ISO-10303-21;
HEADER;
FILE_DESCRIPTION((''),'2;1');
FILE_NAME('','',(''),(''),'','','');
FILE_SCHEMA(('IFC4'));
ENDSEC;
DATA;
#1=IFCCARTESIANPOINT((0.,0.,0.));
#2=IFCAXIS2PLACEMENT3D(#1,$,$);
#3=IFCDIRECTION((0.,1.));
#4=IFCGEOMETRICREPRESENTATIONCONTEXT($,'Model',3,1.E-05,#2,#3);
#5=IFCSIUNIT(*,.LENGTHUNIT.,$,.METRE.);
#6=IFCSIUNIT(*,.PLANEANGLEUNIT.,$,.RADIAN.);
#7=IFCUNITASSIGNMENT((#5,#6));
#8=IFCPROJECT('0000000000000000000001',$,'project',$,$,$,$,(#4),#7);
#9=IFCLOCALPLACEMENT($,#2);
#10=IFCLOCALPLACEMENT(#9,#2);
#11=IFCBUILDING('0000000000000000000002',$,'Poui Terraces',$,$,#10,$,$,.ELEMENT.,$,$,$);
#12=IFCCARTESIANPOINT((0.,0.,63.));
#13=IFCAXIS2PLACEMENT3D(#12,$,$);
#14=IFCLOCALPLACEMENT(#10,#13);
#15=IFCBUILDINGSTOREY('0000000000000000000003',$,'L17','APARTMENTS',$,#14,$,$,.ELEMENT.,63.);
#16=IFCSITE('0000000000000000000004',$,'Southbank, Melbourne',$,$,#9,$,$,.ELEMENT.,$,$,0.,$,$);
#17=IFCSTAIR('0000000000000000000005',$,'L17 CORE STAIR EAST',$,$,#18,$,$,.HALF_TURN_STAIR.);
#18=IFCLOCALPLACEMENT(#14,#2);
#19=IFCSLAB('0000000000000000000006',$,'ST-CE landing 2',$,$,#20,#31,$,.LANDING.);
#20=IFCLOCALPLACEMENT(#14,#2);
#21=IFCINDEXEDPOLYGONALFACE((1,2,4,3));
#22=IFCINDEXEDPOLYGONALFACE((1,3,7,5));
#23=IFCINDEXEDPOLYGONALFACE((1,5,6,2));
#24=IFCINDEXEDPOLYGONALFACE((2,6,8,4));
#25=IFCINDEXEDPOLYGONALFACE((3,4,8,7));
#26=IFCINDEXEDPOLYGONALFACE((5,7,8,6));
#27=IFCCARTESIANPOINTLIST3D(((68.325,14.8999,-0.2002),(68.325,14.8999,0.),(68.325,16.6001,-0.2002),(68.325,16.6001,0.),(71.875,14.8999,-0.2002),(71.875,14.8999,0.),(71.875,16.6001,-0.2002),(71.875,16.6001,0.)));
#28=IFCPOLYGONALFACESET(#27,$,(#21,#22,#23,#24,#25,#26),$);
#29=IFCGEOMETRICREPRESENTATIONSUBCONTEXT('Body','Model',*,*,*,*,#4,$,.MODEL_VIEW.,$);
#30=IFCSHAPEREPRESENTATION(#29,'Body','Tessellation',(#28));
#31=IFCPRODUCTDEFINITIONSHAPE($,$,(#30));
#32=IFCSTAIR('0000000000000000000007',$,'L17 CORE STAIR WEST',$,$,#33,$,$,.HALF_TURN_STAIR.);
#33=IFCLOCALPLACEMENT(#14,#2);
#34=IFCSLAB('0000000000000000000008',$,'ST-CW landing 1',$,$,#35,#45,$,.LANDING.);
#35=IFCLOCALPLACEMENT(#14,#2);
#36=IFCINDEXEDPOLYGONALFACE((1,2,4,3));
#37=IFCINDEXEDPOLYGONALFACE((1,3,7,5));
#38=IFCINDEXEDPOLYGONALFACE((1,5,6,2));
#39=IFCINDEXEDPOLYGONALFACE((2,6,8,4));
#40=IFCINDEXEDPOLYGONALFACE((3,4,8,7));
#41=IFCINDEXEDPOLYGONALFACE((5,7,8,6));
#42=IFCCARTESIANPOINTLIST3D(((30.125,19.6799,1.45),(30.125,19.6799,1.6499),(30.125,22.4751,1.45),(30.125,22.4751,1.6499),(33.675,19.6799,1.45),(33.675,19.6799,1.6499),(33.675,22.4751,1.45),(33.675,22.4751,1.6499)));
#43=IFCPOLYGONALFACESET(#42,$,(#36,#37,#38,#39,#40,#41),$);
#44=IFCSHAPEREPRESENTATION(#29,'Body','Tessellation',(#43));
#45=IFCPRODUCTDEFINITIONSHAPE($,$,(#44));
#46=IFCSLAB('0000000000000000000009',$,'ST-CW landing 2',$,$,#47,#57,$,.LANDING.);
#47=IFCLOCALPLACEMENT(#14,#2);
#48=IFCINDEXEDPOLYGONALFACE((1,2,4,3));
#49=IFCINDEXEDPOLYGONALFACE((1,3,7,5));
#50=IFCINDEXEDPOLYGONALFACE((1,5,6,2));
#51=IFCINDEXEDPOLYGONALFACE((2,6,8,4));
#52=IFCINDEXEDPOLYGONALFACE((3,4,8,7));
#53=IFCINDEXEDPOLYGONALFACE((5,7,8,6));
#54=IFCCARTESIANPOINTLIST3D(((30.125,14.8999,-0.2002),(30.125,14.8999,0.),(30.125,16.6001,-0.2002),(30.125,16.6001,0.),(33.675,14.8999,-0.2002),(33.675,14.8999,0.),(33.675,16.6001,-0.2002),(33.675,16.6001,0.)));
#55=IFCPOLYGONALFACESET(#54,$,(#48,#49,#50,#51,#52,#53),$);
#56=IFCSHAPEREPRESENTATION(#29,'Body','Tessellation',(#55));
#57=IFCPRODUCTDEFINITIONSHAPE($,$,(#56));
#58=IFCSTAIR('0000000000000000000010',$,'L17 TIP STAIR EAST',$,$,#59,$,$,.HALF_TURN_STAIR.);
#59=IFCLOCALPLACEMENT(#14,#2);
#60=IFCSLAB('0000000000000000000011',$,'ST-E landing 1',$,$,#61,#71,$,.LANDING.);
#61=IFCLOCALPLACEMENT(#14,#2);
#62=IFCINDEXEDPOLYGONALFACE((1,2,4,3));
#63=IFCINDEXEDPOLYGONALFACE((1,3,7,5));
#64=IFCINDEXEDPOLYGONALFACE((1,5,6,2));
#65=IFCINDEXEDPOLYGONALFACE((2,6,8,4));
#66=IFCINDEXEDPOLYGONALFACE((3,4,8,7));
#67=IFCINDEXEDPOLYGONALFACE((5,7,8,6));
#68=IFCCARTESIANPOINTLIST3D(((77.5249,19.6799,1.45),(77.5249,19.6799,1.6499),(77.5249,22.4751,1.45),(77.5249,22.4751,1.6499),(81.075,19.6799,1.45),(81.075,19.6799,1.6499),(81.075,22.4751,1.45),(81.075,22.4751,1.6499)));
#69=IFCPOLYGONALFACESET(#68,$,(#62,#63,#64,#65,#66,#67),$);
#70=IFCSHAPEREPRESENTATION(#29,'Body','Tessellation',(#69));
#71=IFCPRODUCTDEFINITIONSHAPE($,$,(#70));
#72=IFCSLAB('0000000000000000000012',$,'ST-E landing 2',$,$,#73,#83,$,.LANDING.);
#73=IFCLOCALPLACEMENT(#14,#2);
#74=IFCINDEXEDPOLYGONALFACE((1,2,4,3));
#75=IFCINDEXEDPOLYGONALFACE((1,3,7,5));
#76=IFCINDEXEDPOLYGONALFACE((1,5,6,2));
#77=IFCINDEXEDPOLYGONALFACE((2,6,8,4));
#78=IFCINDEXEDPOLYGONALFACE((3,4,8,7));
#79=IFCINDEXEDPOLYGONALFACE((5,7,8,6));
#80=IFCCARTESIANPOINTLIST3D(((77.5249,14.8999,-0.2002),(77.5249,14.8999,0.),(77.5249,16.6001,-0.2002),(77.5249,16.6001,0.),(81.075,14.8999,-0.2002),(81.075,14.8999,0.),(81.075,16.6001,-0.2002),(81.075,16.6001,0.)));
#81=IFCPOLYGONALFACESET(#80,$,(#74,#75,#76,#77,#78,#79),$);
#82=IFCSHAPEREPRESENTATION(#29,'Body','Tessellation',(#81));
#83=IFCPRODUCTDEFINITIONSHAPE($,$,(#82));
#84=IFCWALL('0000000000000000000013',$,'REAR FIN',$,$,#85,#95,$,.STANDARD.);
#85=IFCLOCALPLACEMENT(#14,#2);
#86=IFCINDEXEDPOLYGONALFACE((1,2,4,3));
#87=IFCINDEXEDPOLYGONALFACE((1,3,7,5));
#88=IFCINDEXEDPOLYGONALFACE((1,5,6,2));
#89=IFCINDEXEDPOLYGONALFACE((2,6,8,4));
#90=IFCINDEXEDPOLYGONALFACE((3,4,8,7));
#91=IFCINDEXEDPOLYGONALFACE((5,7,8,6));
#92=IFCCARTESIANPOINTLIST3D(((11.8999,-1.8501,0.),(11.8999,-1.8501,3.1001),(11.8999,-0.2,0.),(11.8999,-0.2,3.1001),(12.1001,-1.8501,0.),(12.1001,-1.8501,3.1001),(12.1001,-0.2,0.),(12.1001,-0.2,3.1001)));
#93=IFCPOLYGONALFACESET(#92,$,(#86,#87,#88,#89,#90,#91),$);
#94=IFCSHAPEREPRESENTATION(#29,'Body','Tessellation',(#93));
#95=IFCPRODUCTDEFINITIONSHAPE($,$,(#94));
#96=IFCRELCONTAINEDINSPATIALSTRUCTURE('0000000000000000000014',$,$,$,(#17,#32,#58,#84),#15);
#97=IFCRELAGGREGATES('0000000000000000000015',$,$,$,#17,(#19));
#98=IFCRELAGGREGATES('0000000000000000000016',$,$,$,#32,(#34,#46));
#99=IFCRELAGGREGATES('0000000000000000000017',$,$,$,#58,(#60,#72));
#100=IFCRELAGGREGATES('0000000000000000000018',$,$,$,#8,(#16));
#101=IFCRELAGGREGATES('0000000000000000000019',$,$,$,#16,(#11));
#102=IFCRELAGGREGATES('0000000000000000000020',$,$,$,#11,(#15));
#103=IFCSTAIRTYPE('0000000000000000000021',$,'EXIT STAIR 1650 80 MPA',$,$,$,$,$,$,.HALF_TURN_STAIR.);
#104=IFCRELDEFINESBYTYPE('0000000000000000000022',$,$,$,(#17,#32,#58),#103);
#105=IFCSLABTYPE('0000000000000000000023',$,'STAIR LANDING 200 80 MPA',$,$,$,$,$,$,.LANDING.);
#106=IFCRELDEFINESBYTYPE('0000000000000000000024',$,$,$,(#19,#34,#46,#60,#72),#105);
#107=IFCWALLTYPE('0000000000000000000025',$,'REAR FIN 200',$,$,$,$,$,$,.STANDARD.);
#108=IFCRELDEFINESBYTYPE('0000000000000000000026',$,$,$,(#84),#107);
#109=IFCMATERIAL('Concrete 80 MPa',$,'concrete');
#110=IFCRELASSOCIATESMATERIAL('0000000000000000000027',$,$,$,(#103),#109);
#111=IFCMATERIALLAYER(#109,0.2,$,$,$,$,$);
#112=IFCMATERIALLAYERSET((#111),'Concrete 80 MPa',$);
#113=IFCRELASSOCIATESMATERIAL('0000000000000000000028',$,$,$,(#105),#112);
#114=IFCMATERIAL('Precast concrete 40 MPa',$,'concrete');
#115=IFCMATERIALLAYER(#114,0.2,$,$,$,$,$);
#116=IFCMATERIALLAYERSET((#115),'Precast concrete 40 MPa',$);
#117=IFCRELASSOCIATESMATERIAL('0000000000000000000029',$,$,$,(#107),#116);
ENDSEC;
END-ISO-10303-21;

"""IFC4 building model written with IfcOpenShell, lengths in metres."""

from ifc_helpers import new_model, si_unit, direction, frame, origin, place, context, subcontext, project, spatial, polyline, outline, extrude, source, transform, mapped, material, layer, layer_set, type_object, element, aggregate, save


model = new_model("IFC4")

# Units and contexts
model_context = context("Model", 3, precision=1e-05, world=origin(), true_north=direction((0.0, 1.0)))
body_context = subcontext(model_context, "Body", "Model", "MODEL_VIEW")
ifc_project = project(units=[si_unit("LENGTHUNIT", "METRE"), si_unit("PLANEANGLEUNIT", "RADIAN")], contexts=[model_context])

# Site, building, storey
site_placement = place(None, origin())
site = spatial("IfcSite", under=ifc_project, at=site_placement, Name="Southbank, Melbourne", CompositionType="ELEMENT", RefElevation=0.0)
building_placement = place(site_placement, origin())
building = spatial("IfcBuilding", under=site, at=building_placement, Name="Poui Terraces", CompositionType="ELEMENT")
storey_placement = place(building_placement, frame((0.0, 0.0, 63.0)))
storey = spatial("IfcBuildingStorey", under=building, at=storey_placement, Name="L17", Description="APARTMENTS", CompositionType="ELEMENT", Elevation=63.0)

# Stair, slab
ifc_material_1 = material(Name="Concrete 80 MPa", Category="concrete")
stair_type = type_object("IfcStairType", Name="EXIT STAIR 1650 80 MPA", PredefinedType="HALF_TURN_STAIR", material=ifc_material_1)
stair_1_placement = place(storey_placement, origin())
stair_1 = element("IfcStair", 1, at=stair_1_placement, inside=storey, type_object=stair_type, Name="L17 CORE STAIR EAST", PredefinedType="HALF_TURN_STAIR")
ifc_layer_1 = layer(ifc_material_1, 0.2)
ifc_layer_set_1 = layer_set([ifc_layer_1], Name="Concrete 80 MPa")
slab_type = type_object("IfcSlabType", Name="STAIR LANDING 200 80 MPA", PredefinedType="LANDING", material=ifc_layer_set_1)
slab_1_placement = place(storey_placement, frame((0.0, 0.0, -0.2002)))
slab_1 = element("IfcSlab", 2, at=slab_1_placement, type_object=slab_type, Name="ST-CE landing 2", PredefinedType="LANDING", context=body_context, shape_type="SweptSolid", body=[
    extrude(outline(polyline([(68.325, 14.8999), (71.875, 14.8999), (71.875, 16.6001), (68.325, 16.6001), (68.325, 14.8999)])), origin(), (0.0, 0.0, 1.0), 0.2002),
])
aggregate(stair_1, [slab_1])

# Stairs, slabs
stair_2_placement = place(storey_placement, origin())
stair_2 = element("IfcStair", 3, at=stair_2_placement, inside=storey, type_object=stair_type, Name="L17 CORE STAIR WEST", PredefinedType="HALF_TURN_STAIR")
slab_2_placement = place(storey_placement, frame((0.0, 0.0, 1.45)))
slab_2 = element("IfcSlab", 4, at=slab_2_placement, type_object=slab_type, Name="ST-CW landing 1", PredefinedType="LANDING", context=body_context, shape_type="SweptSolid", body=[
    extrude(outline(polyline([(30.125, 19.6799), (33.675, 19.6799), (33.675, 22.4751), (30.125, 22.4751), (30.125, 19.6799)])), origin(), (0.0, 0.0, 1.0), 0.2),
])
slab_3_placement = place(storey_placement, frame((0.0, 0.0, -0.2002)))
slab_3 = element("IfcSlab", 5, at=slab_3_placement, type_object=slab_type, Name="ST-CW landing 2", PredefinedType="LANDING", context=body_context, shape_type="SweptSolid", body=[
    extrude(outline(polyline([(30.125, 14.8999), (33.675, 14.8999), (33.675, 16.6001), (30.125, 16.6001), (30.125, 14.8999)])), origin(), (0.0, 0.0, 1.0), 0.2002),
])
aggregate(stair_2, [slab_2, slab_3])
stair_3_placement = place(storey_placement, origin())
stair_3 = element("IfcStair", 6, at=stair_3_placement, inside=storey, type_object=stair_type, Name="L17 TIP STAIR EAST", PredefinedType="HALF_TURN_STAIR")
slab_4_placement = place(storey_placement, frame((0.0, 0.0, 1.45)))
slab_4 = element("IfcSlab", 7, at=slab_4_placement, type_object=slab_type, Name="ST-E landing 1", PredefinedType="LANDING", context=body_context, shape_type="SweptSolid", body=[
    extrude(outline(polyline([(77.5249, 19.6799), (81.075, 19.6799), (81.075, 22.4751), (77.5249, 22.4751), (77.5249, 19.6799)])), origin(), (0.0, 0.0, 1.0), 0.2),
])
slab_5_placement = place(storey_placement, frame((0.0, 0.0, -0.2002)))
slab_5 = element("IfcSlab", 8, at=slab_5_placement, type_object=slab_type, Name="ST-E landing 2", PredefinedType="LANDING", context=body_context, shape_type="SweptSolid", body=[
    extrude(outline(polyline([(77.5249, 14.8999), (81.075, 14.8999), (81.075, 16.6001), (77.5249, 16.6001), (77.5249, 14.8999)])), origin(), (0.0, 0.0, 1.0), 0.2002),
])
aggregate(stair_3, [slab_4, slab_5])

# Wall
ifc_material_2 = material(Name="Precast concrete 40 MPa", Category="concrete")
ifc_layer_2 = layer(ifc_material_2, 0.2)
ifc_layer_set_2 = layer_set([ifc_layer_2], Name="Precast concrete 40 MPa")
wall_type = type_object("IfcWallType", Name="REAR FIN 200", PredefinedType="STANDARD", material=ifc_layer_set_2)
shared_shape = source(origin(), body_context, "Body", "SweptSolid", [
    extrude(outline(polyline([(0.0, 0.0), (0.2002, 0.0), (0.2002, 1.6501), (0.0, 1.6501), (0.0, 0.0)])), origin(), (0.0, 0.0, 1.0), 3.1001),
])
wall_placement = place(storey_placement, frame((11.8999, -1.8501, 0.0)))
element("IfcWall", 9, at=wall_placement, inside=storey, type_object=wall_type, Name="REAR FIN", PredefinedType="STANDARD", context=body_context, shape_type="MappedRepresentation", body=[
    mapped(shared_shape, transform((0.0, 0.0, 0.0))),
])

save(model, "model.ifc")
